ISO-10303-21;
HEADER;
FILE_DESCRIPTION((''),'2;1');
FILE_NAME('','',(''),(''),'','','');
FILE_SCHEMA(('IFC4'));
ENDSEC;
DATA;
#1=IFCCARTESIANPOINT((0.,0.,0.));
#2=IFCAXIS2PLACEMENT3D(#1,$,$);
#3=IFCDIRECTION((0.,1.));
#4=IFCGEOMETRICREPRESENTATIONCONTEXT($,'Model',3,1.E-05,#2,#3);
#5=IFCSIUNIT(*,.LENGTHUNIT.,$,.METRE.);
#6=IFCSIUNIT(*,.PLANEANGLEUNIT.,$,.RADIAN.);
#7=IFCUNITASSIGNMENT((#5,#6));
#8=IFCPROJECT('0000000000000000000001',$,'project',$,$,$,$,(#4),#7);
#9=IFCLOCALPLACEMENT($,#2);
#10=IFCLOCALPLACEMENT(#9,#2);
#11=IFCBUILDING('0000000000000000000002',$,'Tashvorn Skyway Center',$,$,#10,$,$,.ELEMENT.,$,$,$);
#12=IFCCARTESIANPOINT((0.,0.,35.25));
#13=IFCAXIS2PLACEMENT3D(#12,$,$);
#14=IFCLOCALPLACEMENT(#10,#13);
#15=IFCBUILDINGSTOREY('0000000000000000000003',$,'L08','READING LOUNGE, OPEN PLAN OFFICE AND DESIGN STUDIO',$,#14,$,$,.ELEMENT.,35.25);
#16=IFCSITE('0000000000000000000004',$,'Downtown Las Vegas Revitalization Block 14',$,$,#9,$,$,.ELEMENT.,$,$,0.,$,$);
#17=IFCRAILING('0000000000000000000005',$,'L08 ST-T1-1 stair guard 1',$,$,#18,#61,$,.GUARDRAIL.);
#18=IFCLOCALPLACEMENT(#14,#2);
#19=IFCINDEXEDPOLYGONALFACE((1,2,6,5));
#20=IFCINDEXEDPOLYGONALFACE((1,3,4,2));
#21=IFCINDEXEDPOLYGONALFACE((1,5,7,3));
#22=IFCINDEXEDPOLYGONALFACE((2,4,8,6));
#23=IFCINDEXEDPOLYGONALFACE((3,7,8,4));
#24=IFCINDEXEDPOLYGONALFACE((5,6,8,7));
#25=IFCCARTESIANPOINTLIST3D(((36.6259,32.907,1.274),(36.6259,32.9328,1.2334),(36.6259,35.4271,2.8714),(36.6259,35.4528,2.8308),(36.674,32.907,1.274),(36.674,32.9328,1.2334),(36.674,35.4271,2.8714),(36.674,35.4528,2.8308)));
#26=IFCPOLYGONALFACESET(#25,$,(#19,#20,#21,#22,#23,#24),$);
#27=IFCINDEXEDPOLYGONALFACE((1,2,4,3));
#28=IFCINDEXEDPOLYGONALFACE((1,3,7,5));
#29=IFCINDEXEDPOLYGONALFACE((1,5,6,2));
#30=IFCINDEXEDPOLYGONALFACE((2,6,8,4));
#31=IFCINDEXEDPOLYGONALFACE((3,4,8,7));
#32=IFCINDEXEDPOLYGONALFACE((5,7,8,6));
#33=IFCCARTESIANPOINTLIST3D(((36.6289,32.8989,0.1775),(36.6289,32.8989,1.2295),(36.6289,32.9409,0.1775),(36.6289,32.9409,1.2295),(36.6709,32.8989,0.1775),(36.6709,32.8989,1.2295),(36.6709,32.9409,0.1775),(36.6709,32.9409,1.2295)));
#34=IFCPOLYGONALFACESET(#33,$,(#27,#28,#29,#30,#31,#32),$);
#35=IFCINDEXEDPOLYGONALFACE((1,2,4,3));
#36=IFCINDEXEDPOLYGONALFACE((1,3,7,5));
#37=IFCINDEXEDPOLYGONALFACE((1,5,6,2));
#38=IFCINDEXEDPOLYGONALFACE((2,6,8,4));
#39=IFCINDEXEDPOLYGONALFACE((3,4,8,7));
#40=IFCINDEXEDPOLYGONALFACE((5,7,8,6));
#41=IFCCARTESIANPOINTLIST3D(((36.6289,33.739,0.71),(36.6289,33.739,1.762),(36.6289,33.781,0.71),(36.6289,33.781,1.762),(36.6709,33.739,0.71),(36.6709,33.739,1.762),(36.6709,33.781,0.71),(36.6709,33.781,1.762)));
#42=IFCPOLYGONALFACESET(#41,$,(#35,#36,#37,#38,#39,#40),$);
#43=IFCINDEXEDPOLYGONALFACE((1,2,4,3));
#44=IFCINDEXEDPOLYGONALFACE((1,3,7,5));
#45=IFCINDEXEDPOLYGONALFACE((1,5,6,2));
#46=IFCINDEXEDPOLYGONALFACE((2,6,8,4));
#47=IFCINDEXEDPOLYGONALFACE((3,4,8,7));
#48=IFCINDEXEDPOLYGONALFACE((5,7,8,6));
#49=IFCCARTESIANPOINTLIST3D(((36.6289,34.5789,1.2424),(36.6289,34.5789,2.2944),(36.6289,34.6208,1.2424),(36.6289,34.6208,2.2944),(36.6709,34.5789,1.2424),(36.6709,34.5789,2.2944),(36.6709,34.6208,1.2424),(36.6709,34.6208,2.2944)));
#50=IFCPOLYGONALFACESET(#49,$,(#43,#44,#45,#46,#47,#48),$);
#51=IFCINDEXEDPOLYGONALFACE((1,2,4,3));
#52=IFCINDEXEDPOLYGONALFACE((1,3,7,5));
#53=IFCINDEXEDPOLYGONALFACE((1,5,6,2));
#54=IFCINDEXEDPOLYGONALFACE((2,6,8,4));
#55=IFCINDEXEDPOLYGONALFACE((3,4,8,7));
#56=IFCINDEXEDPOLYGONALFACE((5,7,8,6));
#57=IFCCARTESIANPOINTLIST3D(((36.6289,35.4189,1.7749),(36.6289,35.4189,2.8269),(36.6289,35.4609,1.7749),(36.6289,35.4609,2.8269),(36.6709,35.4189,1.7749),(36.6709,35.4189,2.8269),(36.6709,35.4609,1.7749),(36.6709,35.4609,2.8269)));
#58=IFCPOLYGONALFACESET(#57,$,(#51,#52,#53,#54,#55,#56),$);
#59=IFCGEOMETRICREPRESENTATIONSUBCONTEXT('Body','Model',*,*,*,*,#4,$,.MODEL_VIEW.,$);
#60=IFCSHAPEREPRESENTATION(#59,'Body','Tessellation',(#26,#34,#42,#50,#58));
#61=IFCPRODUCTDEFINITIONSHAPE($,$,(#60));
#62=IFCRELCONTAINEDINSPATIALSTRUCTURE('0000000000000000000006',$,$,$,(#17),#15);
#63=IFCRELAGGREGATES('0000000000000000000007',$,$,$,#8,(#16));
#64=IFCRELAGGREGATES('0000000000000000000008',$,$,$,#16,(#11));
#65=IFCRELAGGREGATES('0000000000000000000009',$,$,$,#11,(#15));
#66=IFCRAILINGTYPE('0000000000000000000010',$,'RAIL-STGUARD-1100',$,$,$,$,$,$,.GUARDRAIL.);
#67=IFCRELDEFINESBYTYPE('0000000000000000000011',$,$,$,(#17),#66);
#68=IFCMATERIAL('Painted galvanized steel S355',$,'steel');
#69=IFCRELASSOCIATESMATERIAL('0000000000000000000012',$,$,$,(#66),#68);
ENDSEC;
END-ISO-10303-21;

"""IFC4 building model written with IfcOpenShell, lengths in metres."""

from ifc_helpers import new_model, si_unit, direction, frame, origin, origin_2d, place, context, subcontext, project, spatial, rectangle, extrude, material, type_object, element, save


model = new_model("IFC4")

# Units and contexts
model_context = context("Model", 3, precision=1e-05, world=origin(), true_north=direction((0.0, 1.0)))
body_context = subcontext(model_context, "Body", "Model", "MODEL_VIEW")
ifc_project = project(units=[si_unit("LENGTHUNIT", "METRE"), si_unit("PLANEANGLEUNIT", "RADIAN")], contexts=[model_context])

# Site, building, storey
site_placement = place(None, origin())
site = spatial("IfcSite", under=ifc_project, at=site_placement, Name="Downtown Las Vegas Revitalization Block 14", CompositionType="ELEMENT", RefElevation=0.0)
building_placement = place(site_placement, origin())
building = spatial("IfcBuilding", under=site, at=building_placement, Name="Tashvorn Skyway Center", CompositionType="ELEMENT")
storey_placement = place(building_placement, frame((0.0, 0.0, 35.25)))
storey = spatial("IfcBuildingStorey", under=building, at=storey_placement, Name="L08", Description="READING LOUNGE, OPEN PLAN OFFICE AND DESIGN STUDIO", CompositionType="ELEMENT", Elevation=35.25)

# Railing
ifc_material_1 = material(Name="Painted galvanized steel S355", Category="steel")
railing_type_1 = type_object("IfcRailingType", Name="RAIL-STGUARD-1100", PredefinedType="GUARDRAIL", material=ifc_material_1)
railing_1_placement = place(storey_placement, frame((36.6499, 32.9199, 0.1775)))
element("IfcRailing", 1, at=railing_1_placement, inside=storey, type_object=railing_type_1, Name="L08 ST-T1-1 stair guard 1", PredefinedType="GUARDRAIL", context=body_context, shape_type="SweptSolid", body=[
    extrude(rectangle(XDim=0.0481, YDim=0.0481, at=origin_2d()), frame((0.0, 0.0, 1.0762), z_axis=(0.0, 0.844607, 0.535387), x_axis=(-1.0, 0.0, 0.0)), (0.0, 0.0, 1.0), 2.9836),
    extrude(rectangle(XDim=0.042, YDim=0.042, at=origin_2d()), origin(), (0.0, 0.0, 1.0), 1.052),
    extrude(rectangle(XDim=0.042, YDim=0.042, at=origin_2d()), frame((0.0, 0.8401, 0.5325)), (0.0, 0.0, 1.0), 1.052),
    extrude(rectangle(XDim=0.042, YDim=0.042, at=origin_2d()), frame((0.0, 1.6799, 1.0649)), (0.0, 0.0, 1.0), 1.052),
    extrude(rectangle(XDim=0.042, YDim=0.042, at=origin_2d()), frame((0.0, 2.52, 1.5974)), (0.0, 0.0, 1.0), 1.052),
])

save(model, "model.ifc")
